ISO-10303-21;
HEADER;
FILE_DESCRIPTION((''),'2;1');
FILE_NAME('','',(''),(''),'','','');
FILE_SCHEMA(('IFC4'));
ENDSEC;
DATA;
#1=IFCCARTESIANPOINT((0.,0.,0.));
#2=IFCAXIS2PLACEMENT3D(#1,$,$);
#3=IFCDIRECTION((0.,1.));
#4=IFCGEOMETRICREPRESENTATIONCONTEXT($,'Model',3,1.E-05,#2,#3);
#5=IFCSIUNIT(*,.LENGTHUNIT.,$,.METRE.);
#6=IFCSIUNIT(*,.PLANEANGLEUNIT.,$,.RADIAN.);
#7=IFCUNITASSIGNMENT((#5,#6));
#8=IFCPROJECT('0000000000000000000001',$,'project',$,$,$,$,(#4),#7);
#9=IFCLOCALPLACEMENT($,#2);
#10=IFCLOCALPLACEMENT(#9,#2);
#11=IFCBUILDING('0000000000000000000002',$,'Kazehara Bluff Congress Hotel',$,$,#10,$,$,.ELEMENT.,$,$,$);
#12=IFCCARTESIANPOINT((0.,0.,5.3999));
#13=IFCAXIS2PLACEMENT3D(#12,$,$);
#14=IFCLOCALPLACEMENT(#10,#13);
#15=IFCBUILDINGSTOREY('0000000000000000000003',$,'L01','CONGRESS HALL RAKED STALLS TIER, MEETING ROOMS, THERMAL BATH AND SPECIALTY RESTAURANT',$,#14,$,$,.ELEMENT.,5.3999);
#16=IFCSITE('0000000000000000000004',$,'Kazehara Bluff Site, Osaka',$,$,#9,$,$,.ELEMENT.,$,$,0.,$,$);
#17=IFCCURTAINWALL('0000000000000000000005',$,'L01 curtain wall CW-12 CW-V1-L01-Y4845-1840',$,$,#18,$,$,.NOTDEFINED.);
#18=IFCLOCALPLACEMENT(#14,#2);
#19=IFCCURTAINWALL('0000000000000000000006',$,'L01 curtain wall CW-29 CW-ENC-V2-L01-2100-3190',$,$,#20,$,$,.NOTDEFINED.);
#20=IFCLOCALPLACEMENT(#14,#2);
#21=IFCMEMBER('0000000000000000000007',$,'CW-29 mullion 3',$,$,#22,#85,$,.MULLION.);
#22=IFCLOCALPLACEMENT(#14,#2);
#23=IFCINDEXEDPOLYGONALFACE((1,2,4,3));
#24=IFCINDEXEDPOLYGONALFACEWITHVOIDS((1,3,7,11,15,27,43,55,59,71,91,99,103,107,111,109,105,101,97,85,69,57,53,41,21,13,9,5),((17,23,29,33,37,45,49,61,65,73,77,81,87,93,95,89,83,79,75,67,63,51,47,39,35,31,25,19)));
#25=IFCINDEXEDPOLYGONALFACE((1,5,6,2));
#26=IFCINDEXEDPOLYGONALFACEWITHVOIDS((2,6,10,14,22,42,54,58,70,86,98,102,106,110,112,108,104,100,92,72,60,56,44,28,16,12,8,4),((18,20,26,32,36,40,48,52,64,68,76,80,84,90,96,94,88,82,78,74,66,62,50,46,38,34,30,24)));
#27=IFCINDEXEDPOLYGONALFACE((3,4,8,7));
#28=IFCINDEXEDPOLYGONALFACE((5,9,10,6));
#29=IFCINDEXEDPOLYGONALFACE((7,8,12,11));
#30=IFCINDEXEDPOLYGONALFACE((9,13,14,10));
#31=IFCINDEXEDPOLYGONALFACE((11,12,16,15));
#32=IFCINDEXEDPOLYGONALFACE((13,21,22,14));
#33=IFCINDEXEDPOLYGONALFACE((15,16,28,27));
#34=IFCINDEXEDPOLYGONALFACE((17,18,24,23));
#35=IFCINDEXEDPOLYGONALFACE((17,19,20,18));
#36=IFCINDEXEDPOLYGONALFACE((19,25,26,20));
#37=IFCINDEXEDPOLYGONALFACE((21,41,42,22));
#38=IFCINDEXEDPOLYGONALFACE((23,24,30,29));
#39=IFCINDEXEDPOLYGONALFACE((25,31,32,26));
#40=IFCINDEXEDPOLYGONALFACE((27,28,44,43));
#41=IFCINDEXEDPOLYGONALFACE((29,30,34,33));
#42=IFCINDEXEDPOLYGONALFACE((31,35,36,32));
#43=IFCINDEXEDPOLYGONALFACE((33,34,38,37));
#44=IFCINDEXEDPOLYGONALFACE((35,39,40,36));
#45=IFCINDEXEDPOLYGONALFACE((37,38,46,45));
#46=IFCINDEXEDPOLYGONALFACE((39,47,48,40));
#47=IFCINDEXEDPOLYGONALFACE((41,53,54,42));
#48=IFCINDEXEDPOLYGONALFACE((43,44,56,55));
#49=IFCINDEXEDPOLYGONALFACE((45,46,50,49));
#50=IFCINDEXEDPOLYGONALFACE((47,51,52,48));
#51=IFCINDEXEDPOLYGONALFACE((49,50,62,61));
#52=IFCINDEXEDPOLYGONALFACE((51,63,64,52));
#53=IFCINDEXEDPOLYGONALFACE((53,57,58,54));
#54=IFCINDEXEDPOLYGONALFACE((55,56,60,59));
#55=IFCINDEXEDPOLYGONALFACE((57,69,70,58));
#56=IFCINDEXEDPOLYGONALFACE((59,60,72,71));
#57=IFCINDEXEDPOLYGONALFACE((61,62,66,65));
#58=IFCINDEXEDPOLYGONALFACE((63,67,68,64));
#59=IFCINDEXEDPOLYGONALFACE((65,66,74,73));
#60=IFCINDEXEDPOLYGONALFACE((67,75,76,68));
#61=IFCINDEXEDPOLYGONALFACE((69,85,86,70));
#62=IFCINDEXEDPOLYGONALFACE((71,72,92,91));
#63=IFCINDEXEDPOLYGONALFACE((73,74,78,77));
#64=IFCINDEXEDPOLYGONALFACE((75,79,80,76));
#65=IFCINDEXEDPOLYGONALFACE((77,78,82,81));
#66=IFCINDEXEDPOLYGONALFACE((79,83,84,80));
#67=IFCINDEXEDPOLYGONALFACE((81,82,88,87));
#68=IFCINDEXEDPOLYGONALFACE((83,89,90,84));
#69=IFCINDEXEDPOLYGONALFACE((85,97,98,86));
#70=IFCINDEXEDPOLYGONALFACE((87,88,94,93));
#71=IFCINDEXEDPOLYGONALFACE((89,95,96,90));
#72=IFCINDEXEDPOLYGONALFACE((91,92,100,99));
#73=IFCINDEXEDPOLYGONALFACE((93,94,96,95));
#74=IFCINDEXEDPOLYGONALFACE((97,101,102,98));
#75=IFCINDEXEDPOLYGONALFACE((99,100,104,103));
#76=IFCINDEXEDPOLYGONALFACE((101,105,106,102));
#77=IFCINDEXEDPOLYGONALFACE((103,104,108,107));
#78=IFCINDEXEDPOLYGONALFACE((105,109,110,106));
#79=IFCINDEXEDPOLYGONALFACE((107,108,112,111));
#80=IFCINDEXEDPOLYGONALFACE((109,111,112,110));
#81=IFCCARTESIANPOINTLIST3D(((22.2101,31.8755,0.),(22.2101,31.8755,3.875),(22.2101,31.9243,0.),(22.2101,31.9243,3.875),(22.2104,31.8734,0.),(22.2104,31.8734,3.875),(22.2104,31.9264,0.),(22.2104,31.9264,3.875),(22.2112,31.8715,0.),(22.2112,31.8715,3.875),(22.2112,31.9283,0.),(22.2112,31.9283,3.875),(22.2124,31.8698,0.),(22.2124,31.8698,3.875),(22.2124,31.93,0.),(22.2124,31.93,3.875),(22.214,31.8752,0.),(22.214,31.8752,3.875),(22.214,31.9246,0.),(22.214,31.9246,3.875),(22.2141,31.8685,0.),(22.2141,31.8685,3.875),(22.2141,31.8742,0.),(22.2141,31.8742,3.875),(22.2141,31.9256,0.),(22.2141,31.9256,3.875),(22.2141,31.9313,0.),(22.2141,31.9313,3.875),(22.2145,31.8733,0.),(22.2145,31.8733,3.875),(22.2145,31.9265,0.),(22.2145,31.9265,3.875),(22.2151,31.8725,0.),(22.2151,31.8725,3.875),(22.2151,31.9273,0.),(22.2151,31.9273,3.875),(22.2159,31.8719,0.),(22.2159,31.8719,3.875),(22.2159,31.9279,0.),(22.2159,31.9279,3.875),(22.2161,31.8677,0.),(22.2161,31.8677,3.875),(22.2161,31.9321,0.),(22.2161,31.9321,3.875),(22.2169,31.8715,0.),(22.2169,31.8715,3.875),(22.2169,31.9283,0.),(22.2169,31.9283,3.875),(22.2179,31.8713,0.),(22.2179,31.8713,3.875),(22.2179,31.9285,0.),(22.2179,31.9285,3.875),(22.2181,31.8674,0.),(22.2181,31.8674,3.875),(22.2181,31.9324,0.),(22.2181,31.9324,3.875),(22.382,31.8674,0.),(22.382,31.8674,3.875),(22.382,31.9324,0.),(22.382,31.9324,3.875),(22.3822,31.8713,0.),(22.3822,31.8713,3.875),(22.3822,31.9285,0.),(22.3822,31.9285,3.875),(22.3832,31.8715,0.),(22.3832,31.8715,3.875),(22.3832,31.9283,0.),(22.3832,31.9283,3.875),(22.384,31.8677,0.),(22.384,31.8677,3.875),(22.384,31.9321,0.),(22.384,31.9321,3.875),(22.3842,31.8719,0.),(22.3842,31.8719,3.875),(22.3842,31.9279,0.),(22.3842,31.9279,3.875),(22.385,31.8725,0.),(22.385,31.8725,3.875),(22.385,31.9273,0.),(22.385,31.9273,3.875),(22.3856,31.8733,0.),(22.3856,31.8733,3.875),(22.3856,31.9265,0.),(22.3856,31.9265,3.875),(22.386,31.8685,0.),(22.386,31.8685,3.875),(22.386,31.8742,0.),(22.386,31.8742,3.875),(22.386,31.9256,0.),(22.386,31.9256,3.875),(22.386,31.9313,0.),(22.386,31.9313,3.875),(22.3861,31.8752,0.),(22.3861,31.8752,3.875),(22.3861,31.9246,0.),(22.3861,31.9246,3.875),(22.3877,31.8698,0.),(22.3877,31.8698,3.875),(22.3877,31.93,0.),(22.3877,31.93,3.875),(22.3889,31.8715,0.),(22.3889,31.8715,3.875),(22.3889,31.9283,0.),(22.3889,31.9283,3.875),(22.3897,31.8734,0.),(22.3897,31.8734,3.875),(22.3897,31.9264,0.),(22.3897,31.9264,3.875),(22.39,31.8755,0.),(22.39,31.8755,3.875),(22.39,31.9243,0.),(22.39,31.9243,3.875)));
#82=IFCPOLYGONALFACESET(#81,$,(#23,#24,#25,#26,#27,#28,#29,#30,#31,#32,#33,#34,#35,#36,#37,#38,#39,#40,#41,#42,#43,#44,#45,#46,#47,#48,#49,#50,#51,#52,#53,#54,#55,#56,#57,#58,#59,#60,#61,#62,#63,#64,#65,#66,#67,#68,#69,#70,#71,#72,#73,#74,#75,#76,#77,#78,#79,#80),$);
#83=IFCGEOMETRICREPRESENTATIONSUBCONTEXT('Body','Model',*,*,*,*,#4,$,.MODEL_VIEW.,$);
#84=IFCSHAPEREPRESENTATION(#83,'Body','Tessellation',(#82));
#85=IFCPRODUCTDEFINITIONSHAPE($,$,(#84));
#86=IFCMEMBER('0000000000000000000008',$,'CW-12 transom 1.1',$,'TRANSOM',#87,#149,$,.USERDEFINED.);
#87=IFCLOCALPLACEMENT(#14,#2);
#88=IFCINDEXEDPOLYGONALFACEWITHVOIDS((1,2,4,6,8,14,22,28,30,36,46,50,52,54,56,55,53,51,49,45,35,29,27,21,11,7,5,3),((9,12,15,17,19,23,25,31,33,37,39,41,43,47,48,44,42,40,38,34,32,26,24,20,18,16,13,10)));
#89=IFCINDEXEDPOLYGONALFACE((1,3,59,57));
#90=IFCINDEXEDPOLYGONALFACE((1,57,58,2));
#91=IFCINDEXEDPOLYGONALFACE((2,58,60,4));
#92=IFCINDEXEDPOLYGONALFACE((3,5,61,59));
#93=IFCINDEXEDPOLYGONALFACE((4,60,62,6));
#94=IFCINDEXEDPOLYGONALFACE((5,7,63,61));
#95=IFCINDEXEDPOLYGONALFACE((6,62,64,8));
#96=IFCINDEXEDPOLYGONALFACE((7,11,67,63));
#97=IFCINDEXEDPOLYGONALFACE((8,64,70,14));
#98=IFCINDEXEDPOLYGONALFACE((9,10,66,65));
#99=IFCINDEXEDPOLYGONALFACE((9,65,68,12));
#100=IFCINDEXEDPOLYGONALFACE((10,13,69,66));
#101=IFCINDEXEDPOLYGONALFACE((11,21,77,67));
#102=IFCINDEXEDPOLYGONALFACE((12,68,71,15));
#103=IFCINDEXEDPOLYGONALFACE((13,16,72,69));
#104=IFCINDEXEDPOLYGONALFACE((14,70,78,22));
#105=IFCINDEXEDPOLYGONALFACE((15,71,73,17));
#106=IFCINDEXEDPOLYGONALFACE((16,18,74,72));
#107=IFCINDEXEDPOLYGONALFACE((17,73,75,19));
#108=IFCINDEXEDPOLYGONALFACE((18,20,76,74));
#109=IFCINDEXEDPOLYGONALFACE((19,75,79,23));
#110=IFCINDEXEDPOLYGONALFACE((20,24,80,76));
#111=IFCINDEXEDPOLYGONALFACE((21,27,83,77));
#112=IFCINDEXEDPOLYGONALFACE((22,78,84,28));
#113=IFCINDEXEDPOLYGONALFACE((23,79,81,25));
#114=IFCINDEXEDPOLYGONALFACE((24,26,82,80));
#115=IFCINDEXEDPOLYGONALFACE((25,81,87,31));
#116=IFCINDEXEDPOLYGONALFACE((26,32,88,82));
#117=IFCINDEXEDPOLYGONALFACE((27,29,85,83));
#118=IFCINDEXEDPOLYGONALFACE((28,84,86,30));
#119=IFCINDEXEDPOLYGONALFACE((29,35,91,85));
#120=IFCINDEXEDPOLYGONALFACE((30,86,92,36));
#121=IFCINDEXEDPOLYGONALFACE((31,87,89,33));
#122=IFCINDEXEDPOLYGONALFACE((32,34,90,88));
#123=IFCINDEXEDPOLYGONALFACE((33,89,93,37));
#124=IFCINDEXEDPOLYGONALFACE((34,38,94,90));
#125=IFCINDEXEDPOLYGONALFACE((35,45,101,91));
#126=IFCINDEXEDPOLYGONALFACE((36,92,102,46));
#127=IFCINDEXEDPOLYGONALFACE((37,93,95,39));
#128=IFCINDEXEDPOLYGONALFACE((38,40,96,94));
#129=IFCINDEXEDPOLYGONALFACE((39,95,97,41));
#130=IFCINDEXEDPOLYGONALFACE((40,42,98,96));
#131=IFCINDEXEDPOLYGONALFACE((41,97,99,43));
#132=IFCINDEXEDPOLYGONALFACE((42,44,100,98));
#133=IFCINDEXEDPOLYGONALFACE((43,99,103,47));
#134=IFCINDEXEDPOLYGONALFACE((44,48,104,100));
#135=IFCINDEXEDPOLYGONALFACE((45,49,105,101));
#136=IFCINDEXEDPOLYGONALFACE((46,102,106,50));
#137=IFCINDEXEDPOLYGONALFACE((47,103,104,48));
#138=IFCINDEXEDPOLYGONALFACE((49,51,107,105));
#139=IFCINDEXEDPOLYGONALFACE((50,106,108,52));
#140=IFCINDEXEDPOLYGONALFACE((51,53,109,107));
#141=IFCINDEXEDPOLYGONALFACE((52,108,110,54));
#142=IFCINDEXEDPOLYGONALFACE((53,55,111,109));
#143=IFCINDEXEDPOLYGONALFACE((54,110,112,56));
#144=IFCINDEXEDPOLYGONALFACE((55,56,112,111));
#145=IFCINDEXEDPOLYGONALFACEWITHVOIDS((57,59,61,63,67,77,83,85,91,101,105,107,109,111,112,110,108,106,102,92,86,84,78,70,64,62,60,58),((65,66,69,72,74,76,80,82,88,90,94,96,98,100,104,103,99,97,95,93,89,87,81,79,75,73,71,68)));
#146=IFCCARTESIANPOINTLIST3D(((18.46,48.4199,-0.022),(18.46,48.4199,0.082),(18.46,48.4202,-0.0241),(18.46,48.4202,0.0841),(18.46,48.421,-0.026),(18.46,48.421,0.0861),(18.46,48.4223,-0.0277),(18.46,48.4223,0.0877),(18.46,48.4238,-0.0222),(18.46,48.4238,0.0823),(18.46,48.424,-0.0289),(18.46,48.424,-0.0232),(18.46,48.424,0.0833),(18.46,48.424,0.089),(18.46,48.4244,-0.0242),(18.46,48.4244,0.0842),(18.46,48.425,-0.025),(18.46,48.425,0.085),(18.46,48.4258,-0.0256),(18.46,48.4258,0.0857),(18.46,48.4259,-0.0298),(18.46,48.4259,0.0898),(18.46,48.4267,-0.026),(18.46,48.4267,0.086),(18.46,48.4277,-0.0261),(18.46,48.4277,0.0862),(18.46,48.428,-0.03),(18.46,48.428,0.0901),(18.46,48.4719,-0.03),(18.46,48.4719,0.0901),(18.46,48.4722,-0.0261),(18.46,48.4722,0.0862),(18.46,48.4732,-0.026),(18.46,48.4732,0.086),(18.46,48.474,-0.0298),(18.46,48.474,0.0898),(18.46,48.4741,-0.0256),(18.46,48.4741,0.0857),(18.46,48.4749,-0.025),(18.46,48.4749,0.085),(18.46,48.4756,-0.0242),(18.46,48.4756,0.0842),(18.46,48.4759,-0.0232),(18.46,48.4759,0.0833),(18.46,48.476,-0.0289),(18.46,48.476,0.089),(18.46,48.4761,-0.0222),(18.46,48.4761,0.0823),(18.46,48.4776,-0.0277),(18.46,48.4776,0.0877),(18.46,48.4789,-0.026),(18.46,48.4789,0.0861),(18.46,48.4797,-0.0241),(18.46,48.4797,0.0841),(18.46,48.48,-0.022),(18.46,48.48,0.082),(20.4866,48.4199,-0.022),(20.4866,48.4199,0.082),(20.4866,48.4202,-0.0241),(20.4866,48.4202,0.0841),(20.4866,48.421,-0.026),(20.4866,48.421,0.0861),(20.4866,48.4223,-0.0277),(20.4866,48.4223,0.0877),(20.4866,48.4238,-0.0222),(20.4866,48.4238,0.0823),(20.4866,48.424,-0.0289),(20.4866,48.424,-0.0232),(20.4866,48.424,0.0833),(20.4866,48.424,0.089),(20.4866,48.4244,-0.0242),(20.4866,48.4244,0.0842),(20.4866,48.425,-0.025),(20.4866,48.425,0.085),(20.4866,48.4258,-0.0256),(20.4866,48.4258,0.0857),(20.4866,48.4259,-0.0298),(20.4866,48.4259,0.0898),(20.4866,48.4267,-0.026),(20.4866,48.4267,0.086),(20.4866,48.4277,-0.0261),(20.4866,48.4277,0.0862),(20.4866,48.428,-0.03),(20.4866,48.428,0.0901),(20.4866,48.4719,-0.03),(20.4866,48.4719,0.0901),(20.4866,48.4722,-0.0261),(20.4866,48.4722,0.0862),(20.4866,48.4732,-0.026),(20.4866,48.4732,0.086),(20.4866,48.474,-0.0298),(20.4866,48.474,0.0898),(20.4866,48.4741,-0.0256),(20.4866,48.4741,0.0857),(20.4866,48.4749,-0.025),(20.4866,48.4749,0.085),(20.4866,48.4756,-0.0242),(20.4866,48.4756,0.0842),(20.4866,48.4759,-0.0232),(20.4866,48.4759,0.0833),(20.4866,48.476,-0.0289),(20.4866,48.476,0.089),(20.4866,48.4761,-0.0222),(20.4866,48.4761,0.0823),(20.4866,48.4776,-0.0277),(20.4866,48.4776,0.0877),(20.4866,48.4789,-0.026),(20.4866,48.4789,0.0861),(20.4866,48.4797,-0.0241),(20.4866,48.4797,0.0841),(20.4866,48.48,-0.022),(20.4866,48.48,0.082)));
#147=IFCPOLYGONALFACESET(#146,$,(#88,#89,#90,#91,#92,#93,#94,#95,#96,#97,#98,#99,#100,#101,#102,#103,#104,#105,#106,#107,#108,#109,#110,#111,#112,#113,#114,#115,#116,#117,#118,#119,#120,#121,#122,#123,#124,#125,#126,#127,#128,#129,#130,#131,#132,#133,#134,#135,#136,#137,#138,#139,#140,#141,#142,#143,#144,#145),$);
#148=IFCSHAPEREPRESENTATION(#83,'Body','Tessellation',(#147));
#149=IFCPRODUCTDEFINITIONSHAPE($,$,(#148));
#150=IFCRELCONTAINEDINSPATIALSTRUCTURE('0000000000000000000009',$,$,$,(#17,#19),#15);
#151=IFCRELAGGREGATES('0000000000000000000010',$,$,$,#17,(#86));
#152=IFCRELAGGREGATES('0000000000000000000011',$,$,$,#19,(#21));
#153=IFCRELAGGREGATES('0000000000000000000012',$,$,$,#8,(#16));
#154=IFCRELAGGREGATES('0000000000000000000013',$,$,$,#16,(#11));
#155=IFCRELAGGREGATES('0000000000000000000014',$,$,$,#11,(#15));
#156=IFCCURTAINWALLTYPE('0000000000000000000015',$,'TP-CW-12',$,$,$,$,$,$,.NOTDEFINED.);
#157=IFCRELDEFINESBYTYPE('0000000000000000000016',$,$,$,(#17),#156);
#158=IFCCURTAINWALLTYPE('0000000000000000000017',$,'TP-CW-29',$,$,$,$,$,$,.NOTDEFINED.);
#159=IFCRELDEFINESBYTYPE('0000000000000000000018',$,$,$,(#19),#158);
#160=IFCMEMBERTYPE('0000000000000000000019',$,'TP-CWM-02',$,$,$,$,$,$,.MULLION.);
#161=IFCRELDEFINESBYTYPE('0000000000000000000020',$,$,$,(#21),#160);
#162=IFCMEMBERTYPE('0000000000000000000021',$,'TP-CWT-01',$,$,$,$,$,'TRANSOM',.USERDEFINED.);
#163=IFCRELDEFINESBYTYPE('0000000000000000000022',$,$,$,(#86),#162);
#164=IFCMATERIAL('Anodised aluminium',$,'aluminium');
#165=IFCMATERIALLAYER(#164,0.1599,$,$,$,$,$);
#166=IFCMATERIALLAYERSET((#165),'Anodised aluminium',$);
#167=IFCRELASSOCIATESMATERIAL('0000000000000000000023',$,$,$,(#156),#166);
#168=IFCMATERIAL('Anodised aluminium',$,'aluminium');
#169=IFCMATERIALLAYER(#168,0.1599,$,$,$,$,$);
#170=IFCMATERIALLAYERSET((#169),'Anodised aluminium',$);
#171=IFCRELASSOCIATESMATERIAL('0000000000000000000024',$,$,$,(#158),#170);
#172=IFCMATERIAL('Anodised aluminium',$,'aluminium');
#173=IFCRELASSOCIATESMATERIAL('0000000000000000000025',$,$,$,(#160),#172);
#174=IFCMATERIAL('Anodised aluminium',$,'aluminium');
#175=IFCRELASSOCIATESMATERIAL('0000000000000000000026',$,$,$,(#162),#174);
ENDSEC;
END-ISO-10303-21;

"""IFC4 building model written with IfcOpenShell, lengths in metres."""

from ifc_helpers import new_model, si_unit, direction, frame, origin, origin_2d, place, context, subcontext, project, spatial, hollow_rectangle, extrude, material, layer, layer_set, material_profile, profile_set, type_object, element, aggregate, save


model = new_model("IFC4")

# Units and contexts
model_context = context("Model", 3, precision=1e-05, world=origin(), true_north=direction((0.0, 1.0)))
body_context = subcontext(model_context, "Body", "Model", "MODEL_VIEW")
ifc_project = project(units=[si_unit("LENGTHUNIT", "METRE"), si_unit("PLANEANGLEUNIT", "RADIAN")], contexts=[model_context])

# Site, building, storey
site_placement = place(None, origin())
site = spatial("IfcSite", under=ifc_project, at=site_placement, Name="Kazehara Bluff Site, Osaka", CompositionType="ELEMENT", RefElevation=0.0)
building_placement = place(site_placement, origin())
building = spatial("IfcBuilding", under=site, at=building_placement, Name="Kazehara Bluff Congress Hotel", CompositionType="ELEMENT")
storey_placement = place(building_placement, frame((0.0, 0.0, 5.3999)))
storey = spatial("IfcBuildingStorey", under=building, at=storey_placement, Name="L01", Description="CONGRESS HALL RAKED STALLS TIER, MEETING ROOMS, THERMAL BATH AND SPECIALTY RESTAURANT", CompositionType="ELEMENT", Elevation=5.3999)

# Curtain wall
ifc_material_1 = material(Name="Anodised aluminium", Category="aluminium")
ifc_layer_1 = layer(ifc_material_1, 0.1599)
ifc_layer_set_1 = layer_set([ifc_layer_1], Name="Anodised aluminium")
curtain_wall_type_1 = type_object("IfcCurtainWallType", Name="TP-CW-12", PredefinedType="NOTDEFINED", material=ifc_layer_set_1)
curtain_wall_1_placement = place(storey_placement, origin())
curtain_wall_1 = element("IfcCurtainWall", 1, at=curtain_wall_1_placement, inside=storey, type_object=curtain_wall_type_1, Name="L01 curtain wall CW-12 CW-V1-L01-Y4845-1840", PredefinedType="NOTDEFINED")

# Curtain wall, member
ifc_material_2 = material(Name="Anodised aluminium", Category="aluminium")
ifc_layer_2 = layer(ifc_material_2, 0.1599)
ifc_layer_set_2 = layer_set([ifc_layer_2], Name="Anodised aluminium")
curtain_wall_type_2 = type_object("IfcCurtainWallType", Name="TP-CW-29", PredefinedType="NOTDEFINED", material=ifc_layer_set_2)
curtain_wall_2_placement = place(storey_placement, origin())
curtain_wall_2 = element("IfcCurtainWall", 2, at=curtain_wall_2_placement, inside=storey, type_object=curtain_wall_type_2, Name="L01 curtain wall CW-29 CW-ENC-V2-L01-2100-3190", PredefinedType="NOTDEFINED")
ifc_material_3 = material(Name="Anodised aluminium", Category="aluminium")
ifc_material_profile_1 = material_profile(ifc_material_3, hollow_rectangle(XDim=0.0649, YDim=0.1799, WallThickness=0.0039, InnerFilletRadius=0.0039, OuterFilletRadius=0.0081, at=origin_2d()))
ifc_profile_set_1 = profile_set([ifc_material_profile_1], Name="Anodised aluminium")
member_type_1 = type_object("IfcMemberType", Name="TP-CWM-02", PredefinedType="MULLION", material=ifc_profile_set_1)
member_1_placement = place(storey_placement, frame((22.3, 31.8999, 0.0), z_axis=(0.0, 0.0, 1.0), x_axis=(0.0, 1.0, 0.0)))
member_1 = element("IfcMember", 3, at=member_1_placement, type_object=member_type_1, Name="CW-29 mullion 3", PredefinedType="MULLION", context=body_context, shape_type="SweptSolid", body=[
    extrude(hollow_rectangle(XDim=0.0649, YDim=0.1799, WallThickness=0.0039, InnerFilletRadius=0.0039, OuterFilletRadius=0.0081, at=origin_2d()), origin(), (0.0, 0.0, 1.0), 3.875),
])

# Member
ifc_material_4 = material(Name="Anodised aluminium", Category="aluminium")
ifc_material_profile_2 = material_profile(ifc_material_4, hollow_rectangle(XDim=0.0601, YDim=0.1201, WallThickness=0.0039, InnerFilletRadius=0.0039, OuterFilletRadius=0.0081, at=origin_2d()))
ifc_profile_set_2 = profile_set([ifc_material_profile_2], Name="Anodised aluminium")
member_type_2 = type_object("IfcMemberType", Name="TP-CWT-01", ElementType="TRANSOM", PredefinedType="USERDEFINED", material=ifc_profile_set_2)
member_2_placement = place(storey_placement, frame((18.46, 48.45, 0.03), z_axis=(1.0, 0.0, 0.0), x_axis=(0.0, 1.0, 0.0)))
member_2 = element("IfcMember", 4, at=member_2_placement, type_object=member_type_2, Name="CW-12 transom 1.1", ObjectType="TRANSOM", PredefinedType="USERDEFINED", context=body_context, shape_type="SweptSolid", body=[
    extrude(hollow_rectangle(XDim=0.0601, YDim=0.1201, WallThickness=0.0039, InnerFilletRadius=0.0039, OuterFilletRadius=0.0081, at=origin_2d()), origin(), (0.0, 0.0, 1.0), 2.0266),
])

aggregate(curtain_wall_1, [member_2])
aggregate(curtain_wall_2, [member_1])

save(model, "model.ifc")
